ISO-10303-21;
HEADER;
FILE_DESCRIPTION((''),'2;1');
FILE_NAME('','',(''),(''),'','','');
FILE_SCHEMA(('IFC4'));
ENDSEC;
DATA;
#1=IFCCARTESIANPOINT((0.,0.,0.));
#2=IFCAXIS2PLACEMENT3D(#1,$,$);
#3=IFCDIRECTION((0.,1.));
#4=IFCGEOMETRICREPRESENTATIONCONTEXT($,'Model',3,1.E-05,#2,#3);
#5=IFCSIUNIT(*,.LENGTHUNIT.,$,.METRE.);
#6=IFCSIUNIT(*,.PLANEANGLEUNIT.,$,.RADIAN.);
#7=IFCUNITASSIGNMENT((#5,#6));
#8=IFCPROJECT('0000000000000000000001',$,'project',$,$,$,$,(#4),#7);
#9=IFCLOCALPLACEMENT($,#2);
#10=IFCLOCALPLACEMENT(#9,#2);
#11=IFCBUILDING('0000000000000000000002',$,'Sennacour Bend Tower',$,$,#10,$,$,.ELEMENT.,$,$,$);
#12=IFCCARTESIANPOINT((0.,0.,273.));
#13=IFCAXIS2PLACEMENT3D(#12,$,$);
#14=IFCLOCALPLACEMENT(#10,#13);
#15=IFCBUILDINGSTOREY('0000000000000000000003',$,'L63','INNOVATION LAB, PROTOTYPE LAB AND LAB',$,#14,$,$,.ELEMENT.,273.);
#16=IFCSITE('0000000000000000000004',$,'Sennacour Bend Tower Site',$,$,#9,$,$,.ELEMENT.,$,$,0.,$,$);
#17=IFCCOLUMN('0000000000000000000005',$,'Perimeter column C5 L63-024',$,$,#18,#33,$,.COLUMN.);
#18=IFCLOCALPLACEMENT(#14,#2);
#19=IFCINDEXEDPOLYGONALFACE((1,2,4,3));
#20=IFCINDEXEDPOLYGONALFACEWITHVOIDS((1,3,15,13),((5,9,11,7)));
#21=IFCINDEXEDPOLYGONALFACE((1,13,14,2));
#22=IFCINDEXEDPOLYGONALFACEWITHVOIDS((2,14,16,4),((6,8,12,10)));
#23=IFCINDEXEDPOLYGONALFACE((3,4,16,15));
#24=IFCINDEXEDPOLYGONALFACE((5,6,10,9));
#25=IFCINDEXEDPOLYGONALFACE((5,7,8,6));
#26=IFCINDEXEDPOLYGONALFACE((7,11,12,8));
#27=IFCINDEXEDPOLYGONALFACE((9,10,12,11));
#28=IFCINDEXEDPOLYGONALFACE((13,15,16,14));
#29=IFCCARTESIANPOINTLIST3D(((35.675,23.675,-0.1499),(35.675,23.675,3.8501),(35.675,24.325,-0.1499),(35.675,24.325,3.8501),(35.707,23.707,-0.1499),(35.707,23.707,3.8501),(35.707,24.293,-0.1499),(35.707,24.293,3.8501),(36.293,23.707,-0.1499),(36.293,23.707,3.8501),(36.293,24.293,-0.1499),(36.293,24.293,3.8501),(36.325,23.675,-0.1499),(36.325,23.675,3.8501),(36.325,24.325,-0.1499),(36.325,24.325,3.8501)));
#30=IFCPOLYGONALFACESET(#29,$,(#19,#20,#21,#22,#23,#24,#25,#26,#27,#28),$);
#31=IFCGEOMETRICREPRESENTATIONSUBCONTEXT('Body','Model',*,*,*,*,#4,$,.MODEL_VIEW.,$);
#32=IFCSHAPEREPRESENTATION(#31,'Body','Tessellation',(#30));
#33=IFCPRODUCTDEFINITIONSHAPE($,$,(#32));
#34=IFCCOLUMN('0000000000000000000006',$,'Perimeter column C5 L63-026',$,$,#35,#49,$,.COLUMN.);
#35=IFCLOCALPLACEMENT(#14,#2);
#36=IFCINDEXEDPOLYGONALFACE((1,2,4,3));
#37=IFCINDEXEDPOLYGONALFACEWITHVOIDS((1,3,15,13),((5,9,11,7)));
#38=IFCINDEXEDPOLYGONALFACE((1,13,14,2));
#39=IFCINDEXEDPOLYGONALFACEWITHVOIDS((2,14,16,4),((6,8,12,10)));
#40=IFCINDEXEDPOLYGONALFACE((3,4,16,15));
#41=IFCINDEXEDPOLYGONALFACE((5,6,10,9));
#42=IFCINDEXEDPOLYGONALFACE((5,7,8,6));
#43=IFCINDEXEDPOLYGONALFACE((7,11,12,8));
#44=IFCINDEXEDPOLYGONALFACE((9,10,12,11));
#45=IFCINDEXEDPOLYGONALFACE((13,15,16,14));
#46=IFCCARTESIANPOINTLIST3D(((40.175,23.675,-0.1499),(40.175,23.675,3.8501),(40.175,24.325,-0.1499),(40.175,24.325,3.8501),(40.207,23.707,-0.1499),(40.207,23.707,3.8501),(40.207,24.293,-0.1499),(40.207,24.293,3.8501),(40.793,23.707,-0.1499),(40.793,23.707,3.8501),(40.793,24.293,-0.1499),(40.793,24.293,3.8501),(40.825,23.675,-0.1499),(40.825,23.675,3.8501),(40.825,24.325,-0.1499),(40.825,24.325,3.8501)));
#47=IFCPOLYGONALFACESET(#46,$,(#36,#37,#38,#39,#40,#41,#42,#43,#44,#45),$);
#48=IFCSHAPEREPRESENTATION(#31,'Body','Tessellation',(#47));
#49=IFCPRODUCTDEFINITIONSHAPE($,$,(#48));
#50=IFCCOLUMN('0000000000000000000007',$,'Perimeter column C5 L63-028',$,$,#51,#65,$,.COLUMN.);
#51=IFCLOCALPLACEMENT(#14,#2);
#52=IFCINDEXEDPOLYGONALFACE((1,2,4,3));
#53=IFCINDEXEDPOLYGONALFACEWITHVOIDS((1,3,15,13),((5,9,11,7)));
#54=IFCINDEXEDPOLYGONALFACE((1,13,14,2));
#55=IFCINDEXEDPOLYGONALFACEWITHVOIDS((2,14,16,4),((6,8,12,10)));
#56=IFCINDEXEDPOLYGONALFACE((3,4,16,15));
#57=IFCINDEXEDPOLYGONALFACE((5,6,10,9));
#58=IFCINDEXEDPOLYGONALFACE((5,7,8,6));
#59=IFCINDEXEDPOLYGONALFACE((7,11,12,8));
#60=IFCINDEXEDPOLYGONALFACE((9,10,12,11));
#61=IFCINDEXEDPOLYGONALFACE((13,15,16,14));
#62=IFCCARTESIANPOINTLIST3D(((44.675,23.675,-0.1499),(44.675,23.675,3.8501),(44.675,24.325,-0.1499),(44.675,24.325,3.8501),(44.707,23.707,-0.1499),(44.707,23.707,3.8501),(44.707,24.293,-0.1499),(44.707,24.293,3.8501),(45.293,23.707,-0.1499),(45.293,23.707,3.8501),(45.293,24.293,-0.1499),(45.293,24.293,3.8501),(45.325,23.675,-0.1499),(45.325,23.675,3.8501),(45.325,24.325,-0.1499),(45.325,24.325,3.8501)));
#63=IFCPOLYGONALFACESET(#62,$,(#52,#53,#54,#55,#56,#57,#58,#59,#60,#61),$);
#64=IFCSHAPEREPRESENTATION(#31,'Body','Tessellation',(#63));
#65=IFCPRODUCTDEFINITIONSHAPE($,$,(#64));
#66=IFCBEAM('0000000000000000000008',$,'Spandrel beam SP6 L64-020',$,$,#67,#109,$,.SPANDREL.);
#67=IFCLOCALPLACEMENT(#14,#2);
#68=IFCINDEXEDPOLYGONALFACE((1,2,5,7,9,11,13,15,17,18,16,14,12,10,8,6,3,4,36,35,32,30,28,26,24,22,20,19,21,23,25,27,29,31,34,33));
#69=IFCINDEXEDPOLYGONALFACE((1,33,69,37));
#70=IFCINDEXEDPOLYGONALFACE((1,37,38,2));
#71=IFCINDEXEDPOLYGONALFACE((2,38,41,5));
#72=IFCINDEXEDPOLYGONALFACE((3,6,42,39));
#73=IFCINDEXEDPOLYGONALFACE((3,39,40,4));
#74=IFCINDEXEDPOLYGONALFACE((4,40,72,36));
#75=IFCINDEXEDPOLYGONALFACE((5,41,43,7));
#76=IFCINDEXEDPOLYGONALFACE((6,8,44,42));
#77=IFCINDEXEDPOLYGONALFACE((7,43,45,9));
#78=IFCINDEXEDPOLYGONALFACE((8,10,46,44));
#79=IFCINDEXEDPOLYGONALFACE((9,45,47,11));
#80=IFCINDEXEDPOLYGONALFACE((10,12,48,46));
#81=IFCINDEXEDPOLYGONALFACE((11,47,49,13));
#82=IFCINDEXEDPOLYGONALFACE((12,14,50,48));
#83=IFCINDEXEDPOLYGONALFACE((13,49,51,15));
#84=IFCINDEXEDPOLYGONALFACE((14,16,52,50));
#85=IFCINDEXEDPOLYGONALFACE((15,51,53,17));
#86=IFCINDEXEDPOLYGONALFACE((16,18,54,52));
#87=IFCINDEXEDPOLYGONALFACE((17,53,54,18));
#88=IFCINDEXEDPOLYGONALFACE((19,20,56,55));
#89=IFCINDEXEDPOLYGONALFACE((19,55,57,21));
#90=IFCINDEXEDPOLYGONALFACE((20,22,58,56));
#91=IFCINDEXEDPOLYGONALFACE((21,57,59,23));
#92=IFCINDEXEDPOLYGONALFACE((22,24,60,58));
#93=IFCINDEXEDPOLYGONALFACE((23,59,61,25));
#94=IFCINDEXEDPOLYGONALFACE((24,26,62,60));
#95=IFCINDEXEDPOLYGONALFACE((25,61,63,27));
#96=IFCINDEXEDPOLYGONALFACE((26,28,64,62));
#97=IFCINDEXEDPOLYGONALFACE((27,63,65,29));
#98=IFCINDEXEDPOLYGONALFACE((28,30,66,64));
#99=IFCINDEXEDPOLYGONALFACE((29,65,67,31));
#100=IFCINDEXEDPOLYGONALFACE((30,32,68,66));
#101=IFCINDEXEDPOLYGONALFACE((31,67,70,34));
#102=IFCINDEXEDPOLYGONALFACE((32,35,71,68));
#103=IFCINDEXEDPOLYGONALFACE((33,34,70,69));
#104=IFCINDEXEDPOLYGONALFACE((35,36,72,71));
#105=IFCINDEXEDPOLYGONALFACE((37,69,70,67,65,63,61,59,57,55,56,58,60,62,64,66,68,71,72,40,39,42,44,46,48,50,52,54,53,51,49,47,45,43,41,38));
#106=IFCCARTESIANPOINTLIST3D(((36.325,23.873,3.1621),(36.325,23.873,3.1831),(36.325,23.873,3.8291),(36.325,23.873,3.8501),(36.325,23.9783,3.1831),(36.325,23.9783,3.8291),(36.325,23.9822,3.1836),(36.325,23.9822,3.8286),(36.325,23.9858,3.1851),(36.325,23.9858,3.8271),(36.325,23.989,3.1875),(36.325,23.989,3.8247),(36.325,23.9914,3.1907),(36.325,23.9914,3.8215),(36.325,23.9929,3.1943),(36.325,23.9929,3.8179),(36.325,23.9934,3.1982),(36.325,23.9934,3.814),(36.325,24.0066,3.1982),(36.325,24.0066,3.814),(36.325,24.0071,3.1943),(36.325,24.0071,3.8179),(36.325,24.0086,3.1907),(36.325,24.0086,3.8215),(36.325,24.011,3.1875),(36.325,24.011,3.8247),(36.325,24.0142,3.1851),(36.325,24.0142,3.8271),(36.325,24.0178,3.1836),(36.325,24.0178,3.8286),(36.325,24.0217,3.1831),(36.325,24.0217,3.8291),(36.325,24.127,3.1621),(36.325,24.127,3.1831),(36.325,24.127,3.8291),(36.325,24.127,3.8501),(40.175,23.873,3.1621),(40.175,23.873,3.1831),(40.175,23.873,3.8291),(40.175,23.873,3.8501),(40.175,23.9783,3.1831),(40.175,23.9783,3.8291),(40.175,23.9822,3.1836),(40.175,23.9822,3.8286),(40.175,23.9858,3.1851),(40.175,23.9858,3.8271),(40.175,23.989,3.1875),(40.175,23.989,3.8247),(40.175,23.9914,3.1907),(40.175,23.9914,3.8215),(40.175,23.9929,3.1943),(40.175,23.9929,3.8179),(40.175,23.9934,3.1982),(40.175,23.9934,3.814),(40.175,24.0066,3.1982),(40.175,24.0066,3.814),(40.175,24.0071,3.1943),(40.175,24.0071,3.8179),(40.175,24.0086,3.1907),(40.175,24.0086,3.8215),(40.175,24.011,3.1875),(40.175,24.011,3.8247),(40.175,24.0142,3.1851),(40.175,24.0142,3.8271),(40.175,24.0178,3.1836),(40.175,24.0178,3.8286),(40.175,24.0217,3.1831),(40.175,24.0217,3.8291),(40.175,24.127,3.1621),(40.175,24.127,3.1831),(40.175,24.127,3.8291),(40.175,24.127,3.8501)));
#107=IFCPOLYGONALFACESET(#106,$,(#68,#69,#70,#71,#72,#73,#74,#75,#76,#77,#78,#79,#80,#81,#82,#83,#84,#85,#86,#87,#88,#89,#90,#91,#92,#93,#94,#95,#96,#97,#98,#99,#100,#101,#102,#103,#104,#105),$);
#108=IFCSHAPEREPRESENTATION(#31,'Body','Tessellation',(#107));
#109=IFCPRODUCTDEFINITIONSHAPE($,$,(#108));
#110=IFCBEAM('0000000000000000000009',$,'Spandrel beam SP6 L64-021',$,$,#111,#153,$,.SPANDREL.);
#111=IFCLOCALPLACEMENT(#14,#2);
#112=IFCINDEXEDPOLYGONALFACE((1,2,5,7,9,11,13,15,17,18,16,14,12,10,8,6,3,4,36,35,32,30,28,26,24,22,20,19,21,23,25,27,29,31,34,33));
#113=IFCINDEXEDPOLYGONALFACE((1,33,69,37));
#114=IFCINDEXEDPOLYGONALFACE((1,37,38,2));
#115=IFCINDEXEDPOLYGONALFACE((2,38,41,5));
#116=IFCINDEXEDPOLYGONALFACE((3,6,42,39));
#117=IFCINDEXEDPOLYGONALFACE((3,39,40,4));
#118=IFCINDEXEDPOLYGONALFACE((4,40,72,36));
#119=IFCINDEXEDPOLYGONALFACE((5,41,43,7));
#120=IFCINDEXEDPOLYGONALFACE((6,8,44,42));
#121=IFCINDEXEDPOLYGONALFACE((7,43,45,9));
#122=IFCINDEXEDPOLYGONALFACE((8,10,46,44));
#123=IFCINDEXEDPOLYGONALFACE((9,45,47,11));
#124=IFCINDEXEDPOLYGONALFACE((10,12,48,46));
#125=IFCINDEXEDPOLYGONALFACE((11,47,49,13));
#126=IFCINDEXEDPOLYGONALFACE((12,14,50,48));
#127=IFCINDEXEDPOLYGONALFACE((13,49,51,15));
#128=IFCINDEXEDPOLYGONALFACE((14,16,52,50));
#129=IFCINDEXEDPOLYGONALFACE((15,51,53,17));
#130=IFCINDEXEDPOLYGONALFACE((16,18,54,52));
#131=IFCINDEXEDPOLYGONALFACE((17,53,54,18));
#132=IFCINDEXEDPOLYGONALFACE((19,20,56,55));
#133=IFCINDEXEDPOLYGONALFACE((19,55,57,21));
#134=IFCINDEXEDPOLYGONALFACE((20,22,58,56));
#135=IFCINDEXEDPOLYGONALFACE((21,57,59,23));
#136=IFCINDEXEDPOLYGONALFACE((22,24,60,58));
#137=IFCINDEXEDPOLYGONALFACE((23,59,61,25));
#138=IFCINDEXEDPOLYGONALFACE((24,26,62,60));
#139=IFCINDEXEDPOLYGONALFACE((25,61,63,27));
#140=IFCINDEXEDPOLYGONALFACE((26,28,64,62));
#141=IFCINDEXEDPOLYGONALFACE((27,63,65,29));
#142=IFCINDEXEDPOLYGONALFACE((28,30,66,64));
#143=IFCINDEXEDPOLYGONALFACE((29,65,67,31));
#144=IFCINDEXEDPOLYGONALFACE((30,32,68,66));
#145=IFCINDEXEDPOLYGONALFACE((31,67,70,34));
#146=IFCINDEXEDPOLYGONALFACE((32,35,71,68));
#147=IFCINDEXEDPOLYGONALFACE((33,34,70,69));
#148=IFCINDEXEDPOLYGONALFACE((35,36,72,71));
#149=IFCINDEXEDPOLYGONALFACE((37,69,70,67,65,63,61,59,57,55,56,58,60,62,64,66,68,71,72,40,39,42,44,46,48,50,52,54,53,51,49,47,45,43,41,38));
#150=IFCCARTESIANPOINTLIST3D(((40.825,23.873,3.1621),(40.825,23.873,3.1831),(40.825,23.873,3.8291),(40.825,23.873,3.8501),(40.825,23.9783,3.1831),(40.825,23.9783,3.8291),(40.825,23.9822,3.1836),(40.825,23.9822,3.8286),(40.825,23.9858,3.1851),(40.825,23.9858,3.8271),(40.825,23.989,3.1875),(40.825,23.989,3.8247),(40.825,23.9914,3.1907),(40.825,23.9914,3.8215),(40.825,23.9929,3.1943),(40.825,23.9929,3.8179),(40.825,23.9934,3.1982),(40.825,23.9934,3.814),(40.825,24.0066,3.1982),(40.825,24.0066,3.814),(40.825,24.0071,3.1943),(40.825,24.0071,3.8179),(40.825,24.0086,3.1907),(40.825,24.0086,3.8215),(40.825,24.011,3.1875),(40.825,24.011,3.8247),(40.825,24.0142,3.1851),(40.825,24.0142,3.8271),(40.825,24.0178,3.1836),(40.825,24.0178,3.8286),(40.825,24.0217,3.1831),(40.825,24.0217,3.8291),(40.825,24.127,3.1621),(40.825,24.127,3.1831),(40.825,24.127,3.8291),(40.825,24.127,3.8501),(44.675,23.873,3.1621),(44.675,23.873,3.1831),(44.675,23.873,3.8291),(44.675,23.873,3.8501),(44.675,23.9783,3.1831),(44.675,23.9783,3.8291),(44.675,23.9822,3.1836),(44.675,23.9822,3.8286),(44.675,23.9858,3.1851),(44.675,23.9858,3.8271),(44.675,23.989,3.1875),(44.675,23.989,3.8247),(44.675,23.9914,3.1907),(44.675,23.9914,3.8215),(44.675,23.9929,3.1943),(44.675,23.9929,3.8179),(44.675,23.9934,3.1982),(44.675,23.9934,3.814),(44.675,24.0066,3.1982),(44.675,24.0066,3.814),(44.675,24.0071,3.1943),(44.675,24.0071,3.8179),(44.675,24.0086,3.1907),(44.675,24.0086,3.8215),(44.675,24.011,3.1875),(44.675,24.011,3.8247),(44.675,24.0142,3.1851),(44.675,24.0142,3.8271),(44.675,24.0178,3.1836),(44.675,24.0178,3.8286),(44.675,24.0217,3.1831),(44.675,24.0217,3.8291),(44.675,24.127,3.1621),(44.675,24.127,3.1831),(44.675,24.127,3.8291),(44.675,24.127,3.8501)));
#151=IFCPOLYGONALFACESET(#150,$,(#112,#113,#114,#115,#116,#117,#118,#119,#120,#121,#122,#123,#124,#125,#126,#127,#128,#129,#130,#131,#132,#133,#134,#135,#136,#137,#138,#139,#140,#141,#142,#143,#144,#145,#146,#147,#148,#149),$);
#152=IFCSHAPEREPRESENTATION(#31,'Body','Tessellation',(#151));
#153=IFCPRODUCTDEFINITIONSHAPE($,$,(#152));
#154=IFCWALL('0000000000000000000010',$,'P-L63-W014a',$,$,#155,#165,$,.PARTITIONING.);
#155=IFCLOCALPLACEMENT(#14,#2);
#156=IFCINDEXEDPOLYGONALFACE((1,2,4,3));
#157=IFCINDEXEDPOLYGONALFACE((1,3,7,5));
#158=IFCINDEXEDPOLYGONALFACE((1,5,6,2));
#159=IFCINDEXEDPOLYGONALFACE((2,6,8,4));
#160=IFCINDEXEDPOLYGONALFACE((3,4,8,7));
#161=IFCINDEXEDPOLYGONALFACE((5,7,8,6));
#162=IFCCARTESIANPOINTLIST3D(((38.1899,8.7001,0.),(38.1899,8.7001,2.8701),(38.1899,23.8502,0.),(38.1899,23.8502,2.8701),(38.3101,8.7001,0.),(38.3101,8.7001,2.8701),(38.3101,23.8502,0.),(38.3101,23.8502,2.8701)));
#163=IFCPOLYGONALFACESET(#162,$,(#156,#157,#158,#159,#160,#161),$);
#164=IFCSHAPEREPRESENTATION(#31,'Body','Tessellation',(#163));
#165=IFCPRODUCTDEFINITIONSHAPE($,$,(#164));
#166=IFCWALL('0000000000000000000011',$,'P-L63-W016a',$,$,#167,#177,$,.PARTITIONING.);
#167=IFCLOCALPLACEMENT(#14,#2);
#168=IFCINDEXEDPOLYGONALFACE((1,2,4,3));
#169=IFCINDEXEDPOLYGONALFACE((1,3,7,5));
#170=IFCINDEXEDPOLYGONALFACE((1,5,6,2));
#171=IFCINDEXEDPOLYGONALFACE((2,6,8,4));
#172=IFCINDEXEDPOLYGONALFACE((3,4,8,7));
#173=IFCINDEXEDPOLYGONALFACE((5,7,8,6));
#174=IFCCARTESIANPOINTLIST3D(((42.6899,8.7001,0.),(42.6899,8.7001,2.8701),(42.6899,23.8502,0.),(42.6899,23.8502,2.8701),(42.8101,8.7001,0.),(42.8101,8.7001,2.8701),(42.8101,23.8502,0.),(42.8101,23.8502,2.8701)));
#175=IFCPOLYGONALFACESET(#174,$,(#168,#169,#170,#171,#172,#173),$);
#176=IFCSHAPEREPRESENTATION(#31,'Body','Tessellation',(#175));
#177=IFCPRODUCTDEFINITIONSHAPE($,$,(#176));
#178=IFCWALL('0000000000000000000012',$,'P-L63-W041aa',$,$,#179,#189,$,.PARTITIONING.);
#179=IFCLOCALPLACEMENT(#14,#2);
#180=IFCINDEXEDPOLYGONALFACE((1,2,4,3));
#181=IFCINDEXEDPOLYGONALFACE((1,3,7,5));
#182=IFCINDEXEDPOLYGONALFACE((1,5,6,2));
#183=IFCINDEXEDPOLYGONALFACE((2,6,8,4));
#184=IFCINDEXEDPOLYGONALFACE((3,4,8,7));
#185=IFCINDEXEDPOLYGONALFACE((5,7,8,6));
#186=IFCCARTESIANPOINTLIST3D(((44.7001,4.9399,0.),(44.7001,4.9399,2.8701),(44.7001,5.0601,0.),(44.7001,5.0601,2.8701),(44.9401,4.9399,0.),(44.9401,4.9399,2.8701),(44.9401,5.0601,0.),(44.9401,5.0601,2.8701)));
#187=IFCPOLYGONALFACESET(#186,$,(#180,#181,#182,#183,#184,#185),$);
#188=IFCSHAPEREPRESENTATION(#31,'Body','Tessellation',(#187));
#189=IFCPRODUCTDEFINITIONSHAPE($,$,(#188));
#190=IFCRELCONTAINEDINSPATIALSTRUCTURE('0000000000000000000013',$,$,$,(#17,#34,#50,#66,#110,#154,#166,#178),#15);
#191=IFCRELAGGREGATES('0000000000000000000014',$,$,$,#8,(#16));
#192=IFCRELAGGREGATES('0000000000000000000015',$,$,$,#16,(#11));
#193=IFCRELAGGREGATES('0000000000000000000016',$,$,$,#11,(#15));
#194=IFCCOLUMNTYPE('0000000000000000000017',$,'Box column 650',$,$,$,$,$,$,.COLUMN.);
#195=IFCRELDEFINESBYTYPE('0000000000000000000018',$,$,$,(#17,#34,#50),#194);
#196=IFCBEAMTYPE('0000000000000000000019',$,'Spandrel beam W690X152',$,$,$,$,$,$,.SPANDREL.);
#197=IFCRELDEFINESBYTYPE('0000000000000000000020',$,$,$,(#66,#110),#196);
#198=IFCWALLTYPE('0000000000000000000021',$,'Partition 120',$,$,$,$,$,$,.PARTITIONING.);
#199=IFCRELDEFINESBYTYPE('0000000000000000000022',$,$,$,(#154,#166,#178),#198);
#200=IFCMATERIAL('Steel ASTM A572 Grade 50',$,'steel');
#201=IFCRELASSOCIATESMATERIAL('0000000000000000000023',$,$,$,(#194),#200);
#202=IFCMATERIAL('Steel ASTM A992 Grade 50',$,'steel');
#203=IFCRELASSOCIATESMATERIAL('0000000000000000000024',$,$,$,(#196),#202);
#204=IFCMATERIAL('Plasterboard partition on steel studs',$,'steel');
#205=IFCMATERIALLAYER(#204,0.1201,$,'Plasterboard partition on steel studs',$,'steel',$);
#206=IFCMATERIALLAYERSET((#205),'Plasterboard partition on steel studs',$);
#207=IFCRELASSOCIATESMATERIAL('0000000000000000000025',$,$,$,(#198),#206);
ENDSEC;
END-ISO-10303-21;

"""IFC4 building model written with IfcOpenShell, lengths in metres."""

from ifc_helpers import new_model, si_unit, direction, frame, frame_2d, origin, origin_2d, place, context, subcontext, project, spatial, rectangle, hollow_rectangle, i_section, extrude, material, layer, layer_set, material_profile, profile_set, type_object, element, save


model = new_model("IFC4")

# Units and contexts
model_context = context("Model", 3, precision=1e-05, world=origin(), true_north=direction((0.0, 1.0)))
body_context = subcontext(model_context, "Body", "Model", "MODEL_VIEW")
ifc_project = project(units=[si_unit("LENGTHUNIT", "METRE"), si_unit("PLANEANGLEUNIT", "RADIAN")], contexts=[model_context])

# Site, building, storey
site_placement = place(None, origin())
site = spatial("IfcSite", under=ifc_project, at=site_placement, Name="Sennacour Bend Tower Site", CompositionType="ELEMENT", RefElevation=0.0)
building_placement = place(site_placement, origin())
building = spatial("IfcBuilding", under=site, at=building_placement, Name="Sennacour Bend Tower", CompositionType="ELEMENT")
storey_placement = place(building_placement, frame((0.0, 0.0, 273.0)))
storey = spatial("IfcBuildingStorey", under=building, at=storey_placement, Name="L63", Description="INNOVATION LAB, PROTOTYPE LAB AND LAB", CompositionType="ELEMENT", Elevation=273.0)

# Columns
ifc_material_1 = material(Name="Steel ASTM A572 Grade 50", Category="steel")
ifc_material_profile_1 = material_profile(ifc_material_1, hollow_rectangle(XDim=0.6499, YDim=0.6499, WallThickness=0.032, at=origin_2d()), Name="Steel ASTM A572 Grade 50", Category="steel")
ifc_profile_set_1 = profile_set([ifc_material_profile_1], Name="Steel ASTM A572 Grade 50")
column_type = type_object("IfcColumnType", Name="Box column 650", PredefinedType="COLUMN", material=ifc_profile_set_1)
for number, where, z_axis, x_axis, name in (
    (1, (36.0, 24.0, -0.1499), (0.0, 0.0, 1.0), (1.0, 0.0, 0.0), "Perimeter column C5 L63-024"),
    (2, (40.5, 24.0, -0.1499), (0.0, 0.0, 1.0), (1.0, 0.0, 0.0), "Perimeter column C5 L63-026"),
    (3, (45.0, 24.0, -0.1499), (0.0, 0.0, 1.0), (1.0, 0.0, 0.0), "Perimeter column C5 L63-028"),
):
    element("IfcColumn", number, at=place(storey_placement, frame(where, z_axis=z_axis, x_axis=x_axis)), inside=storey, type_object=column_type, Name=name, PredefinedType="COLUMN", context=body_context, shape_type="SweptSolid", body=[
        extrude(hollow_rectangle(XDim=0.6499, YDim=0.6499, WallThickness=0.032, at=origin_2d()), origin(), (0.0, 0.0, 1.0), 4.0),
    ])

# Beams
ifc_material_2 = material(Name="Steel ASTM A992 Grade 50", Category="steel")
ifc_material_profile_2 = material_profile(ifc_material_2, i_section(OverallWidth=0.2539, OverallDepth=0.688, WebThickness=0.0132, FlangeThickness=0.021, FilletRadius=0.0151, at=origin_2d()), Name="Steel ASTM A992 Grade 50", Category="steel")
ifc_profile_set_2 = profile_set([ifc_material_profile_2], Name="Steel ASTM A992 Grade 50")
beam_type = type_object("IfcBeamType", Name="Spandrel beam W690X152", PredefinedType="SPANDREL", material=ifc_profile_set_2)
for number, where, z_axis, x_axis, name in (
    (4, (36.325, 24.0, 3.5061), (1.0, 0.0, 0.0), (0.0, 1.0, 0.0), "Spandrel beam SP6 L64-020"),
    (5, (40.825, 24.0, 3.5061), (1.0, 0.0, 0.0), (0.0, 1.0, 0.0), "Spandrel beam SP6 L64-021"),
):
    element("IfcBeam", number, at=place(storey_placement, frame(where, z_axis=z_axis, x_axis=x_axis)), inside=storey, type_object=beam_type, Name=name, PredefinedType="SPANDREL", context=body_context, shape_type="SweptSolid", body=[
        extrude(i_section(OverallWidth=0.2539, OverallDepth=0.688, WebThickness=0.0132, FlangeThickness=0.021, FilletRadius=0.0151, at=origin_2d()), origin(), (0.0, 0.0, 1.0), 3.8501),
    ])

# Walls
ifc_material_3 = material(Name="Plasterboard partition on steel studs", Category="steel")
ifc_layer_1 = layer(ifc_material_3, 0.1201, Name="Plasterboard partition on steel studs", Category="steel")
ifc_layer_set_1 = layer_set([ifc_layer_1], Name="Plasterboard partition on steel studs")
wall_type_1 = type_object("IfcWallType", Name="Partition 120", PredefinedType="PARTITIONING", material=ifc_layer_set_1)
for number, where, z_axis, x_axis, name in (
    (6, (38.25, 8.7, 0.0), (0.0, 0.0, 1.0), (0.0, 1.0, 0.0), "P-L63-W014a"),
    (7, (42.75, 8.7, 0.0), (0.0, 0.0, 1.0), (0.0, 1.0, 0.0), "P-L63-W016a"),
):
    element("IfcWall", number, at=place(storey_placement, frame(where, z_axis=z_axis, x_axis=x_axis)), inside=storey, type_object=wall_type_1, Name=name, PredefinedType="PARTITIONING", context=body_context, shape_type="SweptSolid", body=[
        extrude(rectangle(XDim=15.1501, YDim=0.1201, at=frame_2d((7.5752, 0.0))), origin(), (0.0, 0.0, 1.0), 2.8701),
    ])
wall_1_placement = place(storey_placement, frame((44.7, 5.0, 0.0), z_axis=(0.0, 0.0, 1.0), x_axis=(1.0, 0.0, 0.0)))
element("IfcWall", 8, at=wall_1_placement, inside=storey, type_object=wall_type_1, Name="P-L63-W041aa", PredefinedType="PARTITIONING", context=body_context, shape_type="SweptSolid", body=[
    extrude(rectangle(XDim=0.24, YDim=0.1201, at=frame_2d((0.1201, 0.0))), origin(), (0.0, 0.0, 1.0), 2.8701),
])

save(model, "model.ifc")
